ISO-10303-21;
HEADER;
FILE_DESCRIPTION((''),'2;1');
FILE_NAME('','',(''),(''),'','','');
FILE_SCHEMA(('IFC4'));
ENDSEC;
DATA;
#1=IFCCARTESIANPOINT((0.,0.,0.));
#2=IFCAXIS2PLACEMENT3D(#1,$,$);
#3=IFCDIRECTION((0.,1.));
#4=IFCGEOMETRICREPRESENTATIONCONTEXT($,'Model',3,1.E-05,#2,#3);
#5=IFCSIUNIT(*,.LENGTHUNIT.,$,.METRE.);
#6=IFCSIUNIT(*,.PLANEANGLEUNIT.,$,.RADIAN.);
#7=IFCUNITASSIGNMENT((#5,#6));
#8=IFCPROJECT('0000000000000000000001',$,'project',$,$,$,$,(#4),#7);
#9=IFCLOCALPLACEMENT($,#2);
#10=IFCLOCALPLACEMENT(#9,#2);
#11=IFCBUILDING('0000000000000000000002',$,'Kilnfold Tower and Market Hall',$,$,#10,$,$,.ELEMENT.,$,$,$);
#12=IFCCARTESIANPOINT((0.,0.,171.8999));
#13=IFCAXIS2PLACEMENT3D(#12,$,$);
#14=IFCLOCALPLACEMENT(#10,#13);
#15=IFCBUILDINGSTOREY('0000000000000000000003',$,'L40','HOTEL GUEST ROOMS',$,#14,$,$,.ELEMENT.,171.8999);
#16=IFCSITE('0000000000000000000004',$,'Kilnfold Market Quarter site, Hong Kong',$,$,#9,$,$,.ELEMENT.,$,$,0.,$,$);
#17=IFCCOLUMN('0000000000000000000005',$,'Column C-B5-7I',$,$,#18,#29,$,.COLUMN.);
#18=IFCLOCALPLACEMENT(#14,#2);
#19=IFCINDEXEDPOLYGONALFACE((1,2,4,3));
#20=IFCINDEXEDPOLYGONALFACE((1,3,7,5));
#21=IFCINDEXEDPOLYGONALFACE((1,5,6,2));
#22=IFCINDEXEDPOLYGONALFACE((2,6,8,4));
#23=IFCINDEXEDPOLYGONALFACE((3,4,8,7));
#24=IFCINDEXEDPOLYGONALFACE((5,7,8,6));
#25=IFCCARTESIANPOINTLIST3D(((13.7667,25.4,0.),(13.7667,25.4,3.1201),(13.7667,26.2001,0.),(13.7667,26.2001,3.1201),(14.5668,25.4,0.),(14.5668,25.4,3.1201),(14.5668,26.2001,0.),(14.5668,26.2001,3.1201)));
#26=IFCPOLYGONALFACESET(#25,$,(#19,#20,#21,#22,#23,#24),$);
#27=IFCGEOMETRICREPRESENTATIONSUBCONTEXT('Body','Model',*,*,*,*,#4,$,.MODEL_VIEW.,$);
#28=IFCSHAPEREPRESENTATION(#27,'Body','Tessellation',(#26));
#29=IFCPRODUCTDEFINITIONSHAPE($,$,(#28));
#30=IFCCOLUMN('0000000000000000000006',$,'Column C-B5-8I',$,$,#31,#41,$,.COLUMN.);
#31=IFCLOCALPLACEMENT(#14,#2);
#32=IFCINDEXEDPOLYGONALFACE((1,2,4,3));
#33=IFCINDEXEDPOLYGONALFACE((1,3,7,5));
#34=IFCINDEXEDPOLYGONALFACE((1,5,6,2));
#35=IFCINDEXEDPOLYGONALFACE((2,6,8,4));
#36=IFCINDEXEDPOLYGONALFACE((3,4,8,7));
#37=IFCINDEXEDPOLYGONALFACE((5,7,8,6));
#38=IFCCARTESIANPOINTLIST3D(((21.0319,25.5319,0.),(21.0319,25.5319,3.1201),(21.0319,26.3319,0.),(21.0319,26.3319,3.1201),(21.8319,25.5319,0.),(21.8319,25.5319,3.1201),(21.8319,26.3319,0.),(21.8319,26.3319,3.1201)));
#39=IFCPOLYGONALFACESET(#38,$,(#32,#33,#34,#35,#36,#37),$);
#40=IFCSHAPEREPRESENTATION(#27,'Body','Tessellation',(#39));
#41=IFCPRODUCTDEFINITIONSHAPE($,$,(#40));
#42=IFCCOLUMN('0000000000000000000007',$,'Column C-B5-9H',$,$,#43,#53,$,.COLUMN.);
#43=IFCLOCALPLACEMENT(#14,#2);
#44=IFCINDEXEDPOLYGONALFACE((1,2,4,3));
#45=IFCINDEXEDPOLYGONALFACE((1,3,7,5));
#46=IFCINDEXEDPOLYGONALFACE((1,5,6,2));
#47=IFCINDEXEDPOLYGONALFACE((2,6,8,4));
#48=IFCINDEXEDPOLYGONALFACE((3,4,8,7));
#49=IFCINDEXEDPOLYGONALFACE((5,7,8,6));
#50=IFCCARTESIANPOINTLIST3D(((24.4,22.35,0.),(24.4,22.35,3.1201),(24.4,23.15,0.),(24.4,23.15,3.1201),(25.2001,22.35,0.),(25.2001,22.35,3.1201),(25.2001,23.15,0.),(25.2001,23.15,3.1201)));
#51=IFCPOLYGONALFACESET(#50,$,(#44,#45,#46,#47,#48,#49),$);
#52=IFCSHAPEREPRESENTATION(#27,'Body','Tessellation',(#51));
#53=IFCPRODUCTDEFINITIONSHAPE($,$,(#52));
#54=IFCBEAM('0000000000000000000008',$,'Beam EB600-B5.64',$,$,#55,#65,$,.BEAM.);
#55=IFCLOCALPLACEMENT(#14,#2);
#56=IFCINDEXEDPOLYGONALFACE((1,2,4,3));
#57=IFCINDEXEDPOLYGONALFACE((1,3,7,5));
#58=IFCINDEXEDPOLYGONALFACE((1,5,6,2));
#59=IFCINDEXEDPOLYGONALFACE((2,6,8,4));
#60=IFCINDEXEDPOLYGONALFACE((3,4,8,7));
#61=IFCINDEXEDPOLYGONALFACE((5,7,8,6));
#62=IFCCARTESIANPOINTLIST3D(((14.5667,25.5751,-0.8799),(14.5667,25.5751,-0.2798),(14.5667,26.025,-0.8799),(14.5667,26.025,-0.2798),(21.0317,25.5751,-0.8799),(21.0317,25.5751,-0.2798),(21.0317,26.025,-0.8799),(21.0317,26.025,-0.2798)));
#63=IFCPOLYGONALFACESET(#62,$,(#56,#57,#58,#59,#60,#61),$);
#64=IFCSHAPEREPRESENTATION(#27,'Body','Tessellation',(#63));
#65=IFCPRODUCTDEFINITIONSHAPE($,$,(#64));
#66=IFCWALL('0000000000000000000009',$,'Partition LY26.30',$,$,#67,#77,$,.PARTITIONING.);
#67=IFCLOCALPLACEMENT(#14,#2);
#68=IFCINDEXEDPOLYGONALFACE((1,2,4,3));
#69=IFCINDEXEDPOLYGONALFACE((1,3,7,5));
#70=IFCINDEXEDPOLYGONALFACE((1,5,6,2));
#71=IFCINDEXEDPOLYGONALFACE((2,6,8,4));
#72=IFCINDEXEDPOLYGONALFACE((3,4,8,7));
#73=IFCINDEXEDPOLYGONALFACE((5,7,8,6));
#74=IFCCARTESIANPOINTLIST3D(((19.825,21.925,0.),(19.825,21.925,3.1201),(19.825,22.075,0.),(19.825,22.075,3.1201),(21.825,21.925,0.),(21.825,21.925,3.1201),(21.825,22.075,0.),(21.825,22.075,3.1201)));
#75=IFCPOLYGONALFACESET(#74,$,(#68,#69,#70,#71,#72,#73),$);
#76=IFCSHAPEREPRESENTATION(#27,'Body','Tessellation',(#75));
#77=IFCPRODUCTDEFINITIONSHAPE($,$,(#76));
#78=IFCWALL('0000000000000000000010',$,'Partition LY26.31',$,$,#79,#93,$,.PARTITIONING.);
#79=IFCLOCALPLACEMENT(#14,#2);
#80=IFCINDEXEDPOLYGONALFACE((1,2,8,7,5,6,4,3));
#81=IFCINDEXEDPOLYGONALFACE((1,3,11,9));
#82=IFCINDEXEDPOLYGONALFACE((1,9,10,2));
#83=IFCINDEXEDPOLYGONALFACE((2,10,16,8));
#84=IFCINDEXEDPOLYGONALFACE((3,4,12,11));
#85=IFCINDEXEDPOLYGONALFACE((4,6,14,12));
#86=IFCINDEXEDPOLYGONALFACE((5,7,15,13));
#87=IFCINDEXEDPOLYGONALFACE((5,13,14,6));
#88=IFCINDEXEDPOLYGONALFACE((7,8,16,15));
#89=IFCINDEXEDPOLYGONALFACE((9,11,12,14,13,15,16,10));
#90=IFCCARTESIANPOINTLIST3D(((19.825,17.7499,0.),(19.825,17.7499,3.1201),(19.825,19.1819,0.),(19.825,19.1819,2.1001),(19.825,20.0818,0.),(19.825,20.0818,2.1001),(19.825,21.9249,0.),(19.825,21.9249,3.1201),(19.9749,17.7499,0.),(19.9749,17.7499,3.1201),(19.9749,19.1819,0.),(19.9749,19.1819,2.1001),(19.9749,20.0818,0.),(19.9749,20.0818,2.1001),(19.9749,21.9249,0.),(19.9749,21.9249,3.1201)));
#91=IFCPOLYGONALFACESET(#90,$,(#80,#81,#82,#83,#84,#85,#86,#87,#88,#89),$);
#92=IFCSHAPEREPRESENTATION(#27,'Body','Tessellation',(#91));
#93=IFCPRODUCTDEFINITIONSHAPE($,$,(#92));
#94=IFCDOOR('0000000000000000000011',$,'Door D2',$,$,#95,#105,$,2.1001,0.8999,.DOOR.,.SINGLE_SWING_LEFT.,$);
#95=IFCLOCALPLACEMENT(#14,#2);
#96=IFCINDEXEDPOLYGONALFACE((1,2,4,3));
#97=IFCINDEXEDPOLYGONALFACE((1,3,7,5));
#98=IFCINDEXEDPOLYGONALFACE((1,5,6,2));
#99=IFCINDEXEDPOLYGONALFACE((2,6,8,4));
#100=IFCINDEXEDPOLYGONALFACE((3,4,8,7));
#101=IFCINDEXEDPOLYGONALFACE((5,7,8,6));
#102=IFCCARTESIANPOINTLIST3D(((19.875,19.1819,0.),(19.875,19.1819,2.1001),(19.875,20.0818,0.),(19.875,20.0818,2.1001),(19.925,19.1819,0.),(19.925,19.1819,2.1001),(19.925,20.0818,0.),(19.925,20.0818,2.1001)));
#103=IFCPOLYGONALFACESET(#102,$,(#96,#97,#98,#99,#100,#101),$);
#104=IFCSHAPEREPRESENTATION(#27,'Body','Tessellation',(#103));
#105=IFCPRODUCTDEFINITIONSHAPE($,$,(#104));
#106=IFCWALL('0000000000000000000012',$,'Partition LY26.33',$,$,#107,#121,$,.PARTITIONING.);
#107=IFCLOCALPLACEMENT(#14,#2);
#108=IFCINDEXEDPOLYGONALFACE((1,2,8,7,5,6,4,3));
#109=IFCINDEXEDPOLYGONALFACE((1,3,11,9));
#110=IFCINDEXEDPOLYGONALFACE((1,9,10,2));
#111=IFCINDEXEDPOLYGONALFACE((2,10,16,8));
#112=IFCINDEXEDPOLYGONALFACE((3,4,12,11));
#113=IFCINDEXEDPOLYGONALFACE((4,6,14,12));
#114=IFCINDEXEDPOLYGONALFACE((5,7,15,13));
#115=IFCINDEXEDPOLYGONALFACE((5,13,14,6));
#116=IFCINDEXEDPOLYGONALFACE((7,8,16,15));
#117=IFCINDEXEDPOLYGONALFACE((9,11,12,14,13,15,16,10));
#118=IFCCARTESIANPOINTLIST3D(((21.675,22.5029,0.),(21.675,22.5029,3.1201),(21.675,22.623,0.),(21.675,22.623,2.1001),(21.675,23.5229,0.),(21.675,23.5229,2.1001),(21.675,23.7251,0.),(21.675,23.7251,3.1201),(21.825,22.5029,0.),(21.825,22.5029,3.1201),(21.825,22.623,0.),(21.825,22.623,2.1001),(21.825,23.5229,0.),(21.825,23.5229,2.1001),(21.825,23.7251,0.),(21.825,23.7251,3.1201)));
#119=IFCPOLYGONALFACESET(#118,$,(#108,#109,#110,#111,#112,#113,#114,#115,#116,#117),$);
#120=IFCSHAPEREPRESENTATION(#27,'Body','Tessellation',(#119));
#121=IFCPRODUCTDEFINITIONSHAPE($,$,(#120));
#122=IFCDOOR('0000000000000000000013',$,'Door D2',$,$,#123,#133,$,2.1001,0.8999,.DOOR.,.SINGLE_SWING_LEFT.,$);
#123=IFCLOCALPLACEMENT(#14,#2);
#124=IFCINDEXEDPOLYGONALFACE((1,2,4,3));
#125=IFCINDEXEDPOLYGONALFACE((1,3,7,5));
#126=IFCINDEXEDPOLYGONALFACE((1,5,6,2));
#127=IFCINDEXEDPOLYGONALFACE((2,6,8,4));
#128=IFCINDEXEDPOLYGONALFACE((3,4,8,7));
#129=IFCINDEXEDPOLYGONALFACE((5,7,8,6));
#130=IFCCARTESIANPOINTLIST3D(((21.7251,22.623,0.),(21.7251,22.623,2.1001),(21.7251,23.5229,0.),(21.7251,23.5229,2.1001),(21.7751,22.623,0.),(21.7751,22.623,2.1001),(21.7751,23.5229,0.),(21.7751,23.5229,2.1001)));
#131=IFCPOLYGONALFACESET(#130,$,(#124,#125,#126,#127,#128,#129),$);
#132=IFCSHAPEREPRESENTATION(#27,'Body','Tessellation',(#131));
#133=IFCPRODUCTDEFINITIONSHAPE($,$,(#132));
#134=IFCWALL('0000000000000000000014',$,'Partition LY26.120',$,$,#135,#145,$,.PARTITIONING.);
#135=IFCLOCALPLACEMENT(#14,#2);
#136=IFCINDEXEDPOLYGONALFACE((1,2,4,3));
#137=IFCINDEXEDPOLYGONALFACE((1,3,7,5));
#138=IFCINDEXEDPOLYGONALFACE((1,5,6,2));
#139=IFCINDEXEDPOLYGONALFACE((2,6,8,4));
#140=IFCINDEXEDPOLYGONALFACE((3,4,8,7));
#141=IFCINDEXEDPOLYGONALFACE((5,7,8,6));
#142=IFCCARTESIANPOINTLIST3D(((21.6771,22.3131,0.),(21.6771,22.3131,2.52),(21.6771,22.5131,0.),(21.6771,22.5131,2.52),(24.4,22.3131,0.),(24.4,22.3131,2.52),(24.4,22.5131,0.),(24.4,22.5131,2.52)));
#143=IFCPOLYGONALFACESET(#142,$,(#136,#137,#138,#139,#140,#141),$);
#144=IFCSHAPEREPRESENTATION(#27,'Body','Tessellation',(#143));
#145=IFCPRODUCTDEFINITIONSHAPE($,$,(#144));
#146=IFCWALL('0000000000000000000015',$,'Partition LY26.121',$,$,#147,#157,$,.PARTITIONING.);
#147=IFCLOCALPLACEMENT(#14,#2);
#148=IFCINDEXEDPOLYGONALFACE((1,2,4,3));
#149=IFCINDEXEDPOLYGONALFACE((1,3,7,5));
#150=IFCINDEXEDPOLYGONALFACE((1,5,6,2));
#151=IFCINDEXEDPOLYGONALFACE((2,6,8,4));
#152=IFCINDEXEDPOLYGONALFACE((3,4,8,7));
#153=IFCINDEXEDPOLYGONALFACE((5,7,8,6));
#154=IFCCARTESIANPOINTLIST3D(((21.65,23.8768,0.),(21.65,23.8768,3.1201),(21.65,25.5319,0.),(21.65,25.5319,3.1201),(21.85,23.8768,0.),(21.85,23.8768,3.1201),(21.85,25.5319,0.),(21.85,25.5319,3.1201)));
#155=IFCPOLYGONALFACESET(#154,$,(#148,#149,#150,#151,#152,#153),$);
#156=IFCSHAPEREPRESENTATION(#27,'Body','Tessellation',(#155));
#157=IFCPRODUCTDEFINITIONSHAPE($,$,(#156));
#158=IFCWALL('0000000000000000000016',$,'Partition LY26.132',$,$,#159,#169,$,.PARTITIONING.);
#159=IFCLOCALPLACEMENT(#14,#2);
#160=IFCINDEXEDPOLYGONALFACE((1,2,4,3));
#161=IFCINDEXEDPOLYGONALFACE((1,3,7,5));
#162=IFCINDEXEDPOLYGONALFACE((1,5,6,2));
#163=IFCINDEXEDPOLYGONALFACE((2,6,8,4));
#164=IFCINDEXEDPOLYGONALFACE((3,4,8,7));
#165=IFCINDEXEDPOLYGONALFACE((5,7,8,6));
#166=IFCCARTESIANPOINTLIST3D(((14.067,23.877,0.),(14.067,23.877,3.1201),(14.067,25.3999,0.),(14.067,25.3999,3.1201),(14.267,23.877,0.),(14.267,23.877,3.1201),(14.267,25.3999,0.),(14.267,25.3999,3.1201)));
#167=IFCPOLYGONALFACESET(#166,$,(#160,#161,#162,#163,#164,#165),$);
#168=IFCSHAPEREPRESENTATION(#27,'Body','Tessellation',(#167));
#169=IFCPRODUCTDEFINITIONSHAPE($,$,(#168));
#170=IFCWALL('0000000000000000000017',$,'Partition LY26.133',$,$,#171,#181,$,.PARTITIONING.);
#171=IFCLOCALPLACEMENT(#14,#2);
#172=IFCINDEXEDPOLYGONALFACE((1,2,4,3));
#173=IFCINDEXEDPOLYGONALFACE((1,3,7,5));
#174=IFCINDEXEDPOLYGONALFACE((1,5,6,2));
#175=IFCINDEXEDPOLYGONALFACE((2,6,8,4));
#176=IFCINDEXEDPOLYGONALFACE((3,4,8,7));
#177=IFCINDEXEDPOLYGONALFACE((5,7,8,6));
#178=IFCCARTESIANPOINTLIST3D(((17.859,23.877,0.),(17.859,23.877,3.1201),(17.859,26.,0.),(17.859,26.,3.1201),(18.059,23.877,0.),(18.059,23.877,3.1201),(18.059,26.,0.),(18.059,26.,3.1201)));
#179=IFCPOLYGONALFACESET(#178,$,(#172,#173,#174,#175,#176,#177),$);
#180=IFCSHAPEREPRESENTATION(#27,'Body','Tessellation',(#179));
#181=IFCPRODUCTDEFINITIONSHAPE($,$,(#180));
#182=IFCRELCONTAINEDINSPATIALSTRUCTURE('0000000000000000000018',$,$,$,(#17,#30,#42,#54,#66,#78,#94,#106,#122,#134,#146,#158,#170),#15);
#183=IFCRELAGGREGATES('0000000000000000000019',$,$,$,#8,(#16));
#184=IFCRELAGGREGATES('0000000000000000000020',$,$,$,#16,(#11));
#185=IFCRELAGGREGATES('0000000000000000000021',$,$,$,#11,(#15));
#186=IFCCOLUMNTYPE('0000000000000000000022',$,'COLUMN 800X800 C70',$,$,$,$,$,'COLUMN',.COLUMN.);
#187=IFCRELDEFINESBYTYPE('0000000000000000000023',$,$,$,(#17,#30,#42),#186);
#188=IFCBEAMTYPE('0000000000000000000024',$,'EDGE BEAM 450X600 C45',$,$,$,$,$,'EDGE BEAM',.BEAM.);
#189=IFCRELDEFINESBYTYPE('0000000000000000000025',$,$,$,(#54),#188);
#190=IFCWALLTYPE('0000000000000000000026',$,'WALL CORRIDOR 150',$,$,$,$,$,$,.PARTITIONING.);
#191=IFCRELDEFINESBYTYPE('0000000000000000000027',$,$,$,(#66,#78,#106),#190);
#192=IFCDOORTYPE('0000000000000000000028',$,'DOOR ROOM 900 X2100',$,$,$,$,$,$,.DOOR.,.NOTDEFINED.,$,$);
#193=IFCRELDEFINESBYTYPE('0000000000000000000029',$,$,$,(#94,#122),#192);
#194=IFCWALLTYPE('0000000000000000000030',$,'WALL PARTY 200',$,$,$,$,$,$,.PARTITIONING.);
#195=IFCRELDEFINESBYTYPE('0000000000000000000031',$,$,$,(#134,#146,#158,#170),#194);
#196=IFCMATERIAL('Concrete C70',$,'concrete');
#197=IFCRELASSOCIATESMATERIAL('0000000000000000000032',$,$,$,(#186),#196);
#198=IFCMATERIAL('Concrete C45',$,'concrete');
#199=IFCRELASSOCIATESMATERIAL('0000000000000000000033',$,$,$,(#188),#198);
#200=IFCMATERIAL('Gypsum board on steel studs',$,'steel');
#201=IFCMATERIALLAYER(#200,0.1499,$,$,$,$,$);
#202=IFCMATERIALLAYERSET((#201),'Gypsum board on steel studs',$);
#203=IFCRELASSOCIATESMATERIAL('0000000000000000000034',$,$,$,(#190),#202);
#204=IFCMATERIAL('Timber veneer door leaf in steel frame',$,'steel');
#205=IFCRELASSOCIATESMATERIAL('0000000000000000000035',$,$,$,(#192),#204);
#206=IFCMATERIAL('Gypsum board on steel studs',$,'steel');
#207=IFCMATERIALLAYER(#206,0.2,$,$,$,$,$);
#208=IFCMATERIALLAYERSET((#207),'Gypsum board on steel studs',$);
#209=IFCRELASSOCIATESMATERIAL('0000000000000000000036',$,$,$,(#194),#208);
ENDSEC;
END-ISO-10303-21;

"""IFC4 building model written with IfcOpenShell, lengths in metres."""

from ifc_helpers import new_model, si_unit, direction, frame, frame_2d, origin, origin_2d, place, context, subcontext, project, spatial, rectangle, extrude, source, transform, mapped, material, layer, layer_set, material_profile, profile_set, type_object, element, fill, save


model = new_model("IFC4")

# Units and contexts
model_context = context("Model", 3, precision=1e-05, world=origin(), true_north=direction((0.0, 1.0)))
body_context = subcontext(model_context, "Body", "Model", "MODEL_VIEW")
ifc_project = project(units=[si_unit("LENGTHUNIT", "METRE"), si_unit("PLANEANGLEUNIT", "RADIAN")], contexts=[model_context])

# Site, building, storey
site_placement = place(None, origin())
site = spatial("IfcSite", under=ifc_project, at=site_placement, Name="Kilnfold Market Quarter site, Hong Kong", CompositionType="ELEMENT", RefElevation=0.0)
building_placement = place(site_placement, origin())
building = spatial("IfcBuilding", under=site, at=building_placement, Name="Kilnfold Tower and Market Hall", CompositionType="ELEMENT")
storey_placement = place(building_placement, frame((0.0, 0.0, 171.8999)))
storey = spatial("IfcBuildingStorey", under=building, at=storey_placement, Name="L40", Description="HOTEL GUEST ROOMS", CompositionType="ELEMENT", Elevation=171.8999)

# Columns
ifc_material_1 = material(Name="Concrete C70", Category="concrete")
ifc_material_profile_1 = material_profile(ifc_material_1, rectangle(XDim=0.8, YDim=0.8, at=origin_2d()), Name="RC 800x800")
ifc_profile_set_1 = profile_set([ifc_material_profile_1], Name="Concrete C70")
column_type = type_object("IfcColumnType", Name="COLUMN 800X800 C70", ElementType="COLUMN", PredefinedType="COLUMN", material=ifc_profile_set_1)
shared_shape_1 = source(origin(), body_context, "Body", "SweptSolid", [
    extrude(rectangle(XDim=0.8, YDim=0.8, at=origin_2d()), origin(), (0.0, 0.0, 1.0), 3.1201),
])
for number, where, z_axis, x_axis, name in (
    (1, (14.1667, 25.8, 0.0), (0.0, 0.0, 1.0), (1.0, 0.0, 0.0), "Column C-B5-7I"),
    (2, (21.4319, 25.9319, 0.0), (0.0, 0.0, 1.0), (1.0, 0.0, 0.0), "Column C-B5-8I"),
    (3, (24.8, 22.75, 0.0), (0.0, 0.0, 1.0), (1.0, 0.0, 0.0), "Column C-B5-9H"),
):
    element("IfcColumn", number, at=place(storey_placement, frame(where, z_axis=z_axis, x_axis=x_axis)), inside=storey, type_object=column_type, Name=name, PredefinedType="COLUMN", context=body_context, shape_type="MappedRepresentation", body=[
        mapped(shared_shape_1, transform((0.0, 0.0, 0.0))),
    ])

# Beam
ifc_material_2 = material(Name="Concrete C45", Category="concrete")
ifc_material_profile_2 = material_profile(ifc_material_2, rectangle(XDim=0.45, YDim=0.6001, at=origin_2d()), Name="RC 450x600")
ifc_profile_set_2 = profile_set([ifc_material_profile_2], Name="Concrete C45")
beam_type = type_object("IfcBeamType", Name="EDGE BEAM 450X600 C45", ElementType="EDGE BEAM", PredefinedType="BEAM", material=ifc_profile_set_2)
shared_shape_2 = source(origin(), body_context, "Body", "SweptSolid", [
    extrude(rectangle(XDim=0.45, YDim=0.6001, at=origin_2d()), origin(), (0.0, 0.0, 1.0), 6.4651),
])
beam_placement = place(storey_placement, frame((14.5667, 25.8, -0.5798), z_axis=(1.0, 0.0, 0.0), x_axis=(0.0, 1.0, 0.0)))
element("IfcBeam", 4, at=beam_placement, inside=storey, type_object=beam_type, Name="Beam EB600-B5.64", PredefinedType="BEAM", context=body_context, shape_type="MappedRepresentation", body=[
    mapped(shared_shape_2, transform((0.0, 0.0, 0.0))),
])

# Wall
ifc_material_3 = material(Name="Gypsum board on steel studs", Category="steel")
ifc_layer_1 = layer(ifc_material_3, 0.1499)
ifc_layer_set_1 = layer_set([ifc_layer_1], Name="Gypsum board on steel studs")
wall_type_1 = type_object("IfcWallType", Name="WALL CORRIDOR 150", PredefinedType="PARTITIONING", material=ifc_layer_set_1)
wall_1_placement = place(storey_placement, frame((19.825, 22.0, 0.0), z_axis=(0.0, 0.0, 1.0), x_axis=(1.0, 0.0, 0.0)))
element("IfcWall", 5, at=wall_1_placement, inside=storey, type_object=wall_type_1, Name="Partition LY26.30", PredefinedType="PARTITIONING", context=body_context, shape_type="SweptSolid", body=[
    extrude(rectangle(XDim=2.0, YDim=0.1499, at=frame_2d((1.0, 0.0))), origin(), (0.0, 0.0, 1.0), 3.1201),
])

# Walls, openings, doors
wall_2_placement = place(storey_placement, frame((19.8999, 17.75, 0.0), z_axis=(0.0, 0.0, 1.0), x_axis=(0.0, 1.0, 0.0)))
wall_2 = element("IfcWall", 6, at=wall_2_placement, inside=storey, type_object=wall_type_1, Name="Partition LY26.31", PredefinedType="PARTITIONING", context=body_context, shape_type="SweptSolid", body=[
    extrude(rectangle(XDim=4.175, YDim=0.1499, at=frame_2d((2.0874, 0.0))), origin(), (0.0, 0.0, 1.0), 3.1201),
])
opening_1_placement = place(wall_2_placement, frame((1.4319, 0.0, 0.0)))
opening_1 = element("IfcOpeningElement", 7, at=opening_1_placement, cuts=wall_2, PredefinedType="OPENING", context=body_context, shape_type="SweptSolid", body=[
    extrude(rectangle(XDim=0.8999, YDim=2.1001, at=frame_2d((0.45, 1.05))), frame((0.0, 0.085, 0.0), z_axis=(0.0, -1.0, 0.0), x_axis=(1.0, 0.0, 0.0)), (0.0, 0.0, 1.0), 0.1699),
])
ifc_material_4 = material(Name="Timber veneer door leaf in steel frame", Category="steel")
door_type = type_object("IfcDoorType", Name="DOOR ROOM 900 X2100", OperationType="NOTDEFINED", PredefinedType="DOOR", material=ifc_material_4)
door_1_placement = place(opening_1_placement, origin())
door_1 = element("IfcDoor", 8, at=door_1_placement, inside=storey, type_object=door_type, Name="Door D2", OperationType="SINGLE_SWING_LEFT", OverallHeight=2.1001, OverallWidth=0.8999, PredefinedType="DOOR", context=body_context, shape_type="SweptSolid", body=[
    extrude(rectangle(XDim=0.8999, YDim=2.1001, at=frame_2d((0.45, 1.05))), frame((0.0, 0.0249, 0.0), z_axis=(0.0, -1.0, 0.0), x_axis=(1.0, 0.0, 0.0)), (0.0, 0.0, 1.0), 0.05),
])
fill(opening_1, door_1)
wall_3_placement = place(storey_placement, frame((21.75, 22.5029, 0.0), z_axis=(0.0, 0.0, 1.0), x_axis=(0.0, 1.0, 0.0)))
wall_3 = element("IfcWall", 9, at=wall_3_placement, inside=storey, type_object=wall_type_1, Name="Partition LY26.33", PredefinedType="PARTITIONING", context=body_context, shape_type="SweptSolid", body=[
    extrude(rectangle(XDim=1.2222, YDim=0.1499, at=frame_2d((0.6111, 0.0))), origin(), (0.0, 0.0, 1.0), 3.1201),
])
opening_2_placement = place(wall_3_placement, frame((0.1201, 0.0, 0.0)))
opening_2 = element("IfcOpeningElement", 10, at=opening_2_placement, cuts=wall_3, PredefinedType="OPENING", context=body_context, shape_type="SweptSolid", body=[
    extrude(rectangle(XDim=0.8999, YDim=2.1001, at=frame_2d((0.45, 1.05))), frame((0.0, 0.085, 0.0), z_axis=(0.0, -1.0, 0.0), x_axis=(1.0, 0.0, 0.0)), (0.0, 0.0, 1.0), 0.1699),
])
door_2_placement = place(opening_2_placement, origin())
door_2 = element("IfcDoor", 11, at=door_2_placement, inside=storey, type_object=door_type, Name="Door D2", OperationType="SINGLE_SWING_LEFT", OverallHeight=2.1001, OverallWidth=0.8999, PredefinedType="DOOR", context=body_context, shape_type="SweptSolid", body=[
    extrude(rectangle(XDim=0.8999, YDim=2.1001, at=frame_2d((0.45, 1.05))), frame((0.0, 0.0249, 0.0), z_axis=(0.0, -1.0, 0.0), x_axis=(1.0, 0.0, 0.0)), (0.0, 0.0, 1.0), 0.05),
])
fill(opening_2, door_2)

# Walls
ifc_material_5 = material(Name="Gypsum board on steel studs", Category="steel")
ifc_layer_2 = layer(ifc_material_5, 0.2)
ifc_layer_set_2 = layer_set([ifc_layer_2], Name="Gypsum board on steel studs")
wall_type_2 = type_object("IfcWallType", Name="WALL PARTY 200", PredefinedType="PARTITIONING", material=ifc_layer_set_2)
wall_4_placement = place(storey_placement, frame((24.3999, 22.4131, 0.0), z_axis=(0.0, 0.0, 1.0), x_axis=(-1.0, 0.0, 0.0)))
element("IfcWall", 12, at=wall_4_placement, inside=storey, type_object=wall_type_2, Name="Partition LY26.120", PredefinedType="PARTITIONING", context=body_context, shape_type="SweptSolid", body=[
    extrude(rectangle(XDim=2.7229, YDim=0.2, at=frame_2d((1.3613, 0.0))), origin(), (0.0, 0.0, 1.0), 2.52),
])
wall_5_placement = place(storey_placement, frame((21.75, 25.532, 0.0), z_axis=(0.0, 0.0, 1.0), x_axis=(0.0, -1.0, 0.0)))
element("IfcWall", 13, at=wall_5_placement, inside=storey, type_object=wall_type_2, Name="Partition LY26.121", PredefinedType="PARTITIONING", context=body_context, shape_type="SweptSolid", body=[
    extrude(rectangle(XDim=1.655, YDim=0.2, at=frame_2d((0.8276, 0.0))), origin(), (0.0, 0.0, 1.0), 3.1201),
])
wall_6_placement = place(storey_placement, frame((14.167, 23.877, 0.0), z_axis=(0.0, 0.0, 1.0), x_axis=(0.0, 1.0, 0.0)))
element("IfcWall", 14, at=wall_6_placement, inside=storey, type_object=wall_type_2, Name="Partition LY26.132", PredefinedType="PARTITIONING", context=body_context, shape_type="SweptSolid", body=[
    extrude(rectangle(XDim=1.5229, YDim=0.2, at=frame_2d((0.7615, 0.0))), origin(), (0.0, 0.0, 1.0), 3.1201),
])
wall_7_placement = place(storey_placement, frame((17.959, 23.877, 0.0), z_axis=(0.0, 0.0, 1.0), x_axis=(0.0, 1.0, 0.0)))
element("IfcWall", 15, at=wall_7_placement, inside=storey, type_object=wall_type_2, Name="Partition LY26.133", PredefinedType="PARTITIONING", context=body_context, shape_type="SweptSolid", body=[
    extrude(rectangle(XDim=2.123, YDim=0.2, at=frame_2d((1.0615, 0.0))), origin(), (0.0, 0.0, 1.0), 3.1201),
])

save(model, "model.ifc")
